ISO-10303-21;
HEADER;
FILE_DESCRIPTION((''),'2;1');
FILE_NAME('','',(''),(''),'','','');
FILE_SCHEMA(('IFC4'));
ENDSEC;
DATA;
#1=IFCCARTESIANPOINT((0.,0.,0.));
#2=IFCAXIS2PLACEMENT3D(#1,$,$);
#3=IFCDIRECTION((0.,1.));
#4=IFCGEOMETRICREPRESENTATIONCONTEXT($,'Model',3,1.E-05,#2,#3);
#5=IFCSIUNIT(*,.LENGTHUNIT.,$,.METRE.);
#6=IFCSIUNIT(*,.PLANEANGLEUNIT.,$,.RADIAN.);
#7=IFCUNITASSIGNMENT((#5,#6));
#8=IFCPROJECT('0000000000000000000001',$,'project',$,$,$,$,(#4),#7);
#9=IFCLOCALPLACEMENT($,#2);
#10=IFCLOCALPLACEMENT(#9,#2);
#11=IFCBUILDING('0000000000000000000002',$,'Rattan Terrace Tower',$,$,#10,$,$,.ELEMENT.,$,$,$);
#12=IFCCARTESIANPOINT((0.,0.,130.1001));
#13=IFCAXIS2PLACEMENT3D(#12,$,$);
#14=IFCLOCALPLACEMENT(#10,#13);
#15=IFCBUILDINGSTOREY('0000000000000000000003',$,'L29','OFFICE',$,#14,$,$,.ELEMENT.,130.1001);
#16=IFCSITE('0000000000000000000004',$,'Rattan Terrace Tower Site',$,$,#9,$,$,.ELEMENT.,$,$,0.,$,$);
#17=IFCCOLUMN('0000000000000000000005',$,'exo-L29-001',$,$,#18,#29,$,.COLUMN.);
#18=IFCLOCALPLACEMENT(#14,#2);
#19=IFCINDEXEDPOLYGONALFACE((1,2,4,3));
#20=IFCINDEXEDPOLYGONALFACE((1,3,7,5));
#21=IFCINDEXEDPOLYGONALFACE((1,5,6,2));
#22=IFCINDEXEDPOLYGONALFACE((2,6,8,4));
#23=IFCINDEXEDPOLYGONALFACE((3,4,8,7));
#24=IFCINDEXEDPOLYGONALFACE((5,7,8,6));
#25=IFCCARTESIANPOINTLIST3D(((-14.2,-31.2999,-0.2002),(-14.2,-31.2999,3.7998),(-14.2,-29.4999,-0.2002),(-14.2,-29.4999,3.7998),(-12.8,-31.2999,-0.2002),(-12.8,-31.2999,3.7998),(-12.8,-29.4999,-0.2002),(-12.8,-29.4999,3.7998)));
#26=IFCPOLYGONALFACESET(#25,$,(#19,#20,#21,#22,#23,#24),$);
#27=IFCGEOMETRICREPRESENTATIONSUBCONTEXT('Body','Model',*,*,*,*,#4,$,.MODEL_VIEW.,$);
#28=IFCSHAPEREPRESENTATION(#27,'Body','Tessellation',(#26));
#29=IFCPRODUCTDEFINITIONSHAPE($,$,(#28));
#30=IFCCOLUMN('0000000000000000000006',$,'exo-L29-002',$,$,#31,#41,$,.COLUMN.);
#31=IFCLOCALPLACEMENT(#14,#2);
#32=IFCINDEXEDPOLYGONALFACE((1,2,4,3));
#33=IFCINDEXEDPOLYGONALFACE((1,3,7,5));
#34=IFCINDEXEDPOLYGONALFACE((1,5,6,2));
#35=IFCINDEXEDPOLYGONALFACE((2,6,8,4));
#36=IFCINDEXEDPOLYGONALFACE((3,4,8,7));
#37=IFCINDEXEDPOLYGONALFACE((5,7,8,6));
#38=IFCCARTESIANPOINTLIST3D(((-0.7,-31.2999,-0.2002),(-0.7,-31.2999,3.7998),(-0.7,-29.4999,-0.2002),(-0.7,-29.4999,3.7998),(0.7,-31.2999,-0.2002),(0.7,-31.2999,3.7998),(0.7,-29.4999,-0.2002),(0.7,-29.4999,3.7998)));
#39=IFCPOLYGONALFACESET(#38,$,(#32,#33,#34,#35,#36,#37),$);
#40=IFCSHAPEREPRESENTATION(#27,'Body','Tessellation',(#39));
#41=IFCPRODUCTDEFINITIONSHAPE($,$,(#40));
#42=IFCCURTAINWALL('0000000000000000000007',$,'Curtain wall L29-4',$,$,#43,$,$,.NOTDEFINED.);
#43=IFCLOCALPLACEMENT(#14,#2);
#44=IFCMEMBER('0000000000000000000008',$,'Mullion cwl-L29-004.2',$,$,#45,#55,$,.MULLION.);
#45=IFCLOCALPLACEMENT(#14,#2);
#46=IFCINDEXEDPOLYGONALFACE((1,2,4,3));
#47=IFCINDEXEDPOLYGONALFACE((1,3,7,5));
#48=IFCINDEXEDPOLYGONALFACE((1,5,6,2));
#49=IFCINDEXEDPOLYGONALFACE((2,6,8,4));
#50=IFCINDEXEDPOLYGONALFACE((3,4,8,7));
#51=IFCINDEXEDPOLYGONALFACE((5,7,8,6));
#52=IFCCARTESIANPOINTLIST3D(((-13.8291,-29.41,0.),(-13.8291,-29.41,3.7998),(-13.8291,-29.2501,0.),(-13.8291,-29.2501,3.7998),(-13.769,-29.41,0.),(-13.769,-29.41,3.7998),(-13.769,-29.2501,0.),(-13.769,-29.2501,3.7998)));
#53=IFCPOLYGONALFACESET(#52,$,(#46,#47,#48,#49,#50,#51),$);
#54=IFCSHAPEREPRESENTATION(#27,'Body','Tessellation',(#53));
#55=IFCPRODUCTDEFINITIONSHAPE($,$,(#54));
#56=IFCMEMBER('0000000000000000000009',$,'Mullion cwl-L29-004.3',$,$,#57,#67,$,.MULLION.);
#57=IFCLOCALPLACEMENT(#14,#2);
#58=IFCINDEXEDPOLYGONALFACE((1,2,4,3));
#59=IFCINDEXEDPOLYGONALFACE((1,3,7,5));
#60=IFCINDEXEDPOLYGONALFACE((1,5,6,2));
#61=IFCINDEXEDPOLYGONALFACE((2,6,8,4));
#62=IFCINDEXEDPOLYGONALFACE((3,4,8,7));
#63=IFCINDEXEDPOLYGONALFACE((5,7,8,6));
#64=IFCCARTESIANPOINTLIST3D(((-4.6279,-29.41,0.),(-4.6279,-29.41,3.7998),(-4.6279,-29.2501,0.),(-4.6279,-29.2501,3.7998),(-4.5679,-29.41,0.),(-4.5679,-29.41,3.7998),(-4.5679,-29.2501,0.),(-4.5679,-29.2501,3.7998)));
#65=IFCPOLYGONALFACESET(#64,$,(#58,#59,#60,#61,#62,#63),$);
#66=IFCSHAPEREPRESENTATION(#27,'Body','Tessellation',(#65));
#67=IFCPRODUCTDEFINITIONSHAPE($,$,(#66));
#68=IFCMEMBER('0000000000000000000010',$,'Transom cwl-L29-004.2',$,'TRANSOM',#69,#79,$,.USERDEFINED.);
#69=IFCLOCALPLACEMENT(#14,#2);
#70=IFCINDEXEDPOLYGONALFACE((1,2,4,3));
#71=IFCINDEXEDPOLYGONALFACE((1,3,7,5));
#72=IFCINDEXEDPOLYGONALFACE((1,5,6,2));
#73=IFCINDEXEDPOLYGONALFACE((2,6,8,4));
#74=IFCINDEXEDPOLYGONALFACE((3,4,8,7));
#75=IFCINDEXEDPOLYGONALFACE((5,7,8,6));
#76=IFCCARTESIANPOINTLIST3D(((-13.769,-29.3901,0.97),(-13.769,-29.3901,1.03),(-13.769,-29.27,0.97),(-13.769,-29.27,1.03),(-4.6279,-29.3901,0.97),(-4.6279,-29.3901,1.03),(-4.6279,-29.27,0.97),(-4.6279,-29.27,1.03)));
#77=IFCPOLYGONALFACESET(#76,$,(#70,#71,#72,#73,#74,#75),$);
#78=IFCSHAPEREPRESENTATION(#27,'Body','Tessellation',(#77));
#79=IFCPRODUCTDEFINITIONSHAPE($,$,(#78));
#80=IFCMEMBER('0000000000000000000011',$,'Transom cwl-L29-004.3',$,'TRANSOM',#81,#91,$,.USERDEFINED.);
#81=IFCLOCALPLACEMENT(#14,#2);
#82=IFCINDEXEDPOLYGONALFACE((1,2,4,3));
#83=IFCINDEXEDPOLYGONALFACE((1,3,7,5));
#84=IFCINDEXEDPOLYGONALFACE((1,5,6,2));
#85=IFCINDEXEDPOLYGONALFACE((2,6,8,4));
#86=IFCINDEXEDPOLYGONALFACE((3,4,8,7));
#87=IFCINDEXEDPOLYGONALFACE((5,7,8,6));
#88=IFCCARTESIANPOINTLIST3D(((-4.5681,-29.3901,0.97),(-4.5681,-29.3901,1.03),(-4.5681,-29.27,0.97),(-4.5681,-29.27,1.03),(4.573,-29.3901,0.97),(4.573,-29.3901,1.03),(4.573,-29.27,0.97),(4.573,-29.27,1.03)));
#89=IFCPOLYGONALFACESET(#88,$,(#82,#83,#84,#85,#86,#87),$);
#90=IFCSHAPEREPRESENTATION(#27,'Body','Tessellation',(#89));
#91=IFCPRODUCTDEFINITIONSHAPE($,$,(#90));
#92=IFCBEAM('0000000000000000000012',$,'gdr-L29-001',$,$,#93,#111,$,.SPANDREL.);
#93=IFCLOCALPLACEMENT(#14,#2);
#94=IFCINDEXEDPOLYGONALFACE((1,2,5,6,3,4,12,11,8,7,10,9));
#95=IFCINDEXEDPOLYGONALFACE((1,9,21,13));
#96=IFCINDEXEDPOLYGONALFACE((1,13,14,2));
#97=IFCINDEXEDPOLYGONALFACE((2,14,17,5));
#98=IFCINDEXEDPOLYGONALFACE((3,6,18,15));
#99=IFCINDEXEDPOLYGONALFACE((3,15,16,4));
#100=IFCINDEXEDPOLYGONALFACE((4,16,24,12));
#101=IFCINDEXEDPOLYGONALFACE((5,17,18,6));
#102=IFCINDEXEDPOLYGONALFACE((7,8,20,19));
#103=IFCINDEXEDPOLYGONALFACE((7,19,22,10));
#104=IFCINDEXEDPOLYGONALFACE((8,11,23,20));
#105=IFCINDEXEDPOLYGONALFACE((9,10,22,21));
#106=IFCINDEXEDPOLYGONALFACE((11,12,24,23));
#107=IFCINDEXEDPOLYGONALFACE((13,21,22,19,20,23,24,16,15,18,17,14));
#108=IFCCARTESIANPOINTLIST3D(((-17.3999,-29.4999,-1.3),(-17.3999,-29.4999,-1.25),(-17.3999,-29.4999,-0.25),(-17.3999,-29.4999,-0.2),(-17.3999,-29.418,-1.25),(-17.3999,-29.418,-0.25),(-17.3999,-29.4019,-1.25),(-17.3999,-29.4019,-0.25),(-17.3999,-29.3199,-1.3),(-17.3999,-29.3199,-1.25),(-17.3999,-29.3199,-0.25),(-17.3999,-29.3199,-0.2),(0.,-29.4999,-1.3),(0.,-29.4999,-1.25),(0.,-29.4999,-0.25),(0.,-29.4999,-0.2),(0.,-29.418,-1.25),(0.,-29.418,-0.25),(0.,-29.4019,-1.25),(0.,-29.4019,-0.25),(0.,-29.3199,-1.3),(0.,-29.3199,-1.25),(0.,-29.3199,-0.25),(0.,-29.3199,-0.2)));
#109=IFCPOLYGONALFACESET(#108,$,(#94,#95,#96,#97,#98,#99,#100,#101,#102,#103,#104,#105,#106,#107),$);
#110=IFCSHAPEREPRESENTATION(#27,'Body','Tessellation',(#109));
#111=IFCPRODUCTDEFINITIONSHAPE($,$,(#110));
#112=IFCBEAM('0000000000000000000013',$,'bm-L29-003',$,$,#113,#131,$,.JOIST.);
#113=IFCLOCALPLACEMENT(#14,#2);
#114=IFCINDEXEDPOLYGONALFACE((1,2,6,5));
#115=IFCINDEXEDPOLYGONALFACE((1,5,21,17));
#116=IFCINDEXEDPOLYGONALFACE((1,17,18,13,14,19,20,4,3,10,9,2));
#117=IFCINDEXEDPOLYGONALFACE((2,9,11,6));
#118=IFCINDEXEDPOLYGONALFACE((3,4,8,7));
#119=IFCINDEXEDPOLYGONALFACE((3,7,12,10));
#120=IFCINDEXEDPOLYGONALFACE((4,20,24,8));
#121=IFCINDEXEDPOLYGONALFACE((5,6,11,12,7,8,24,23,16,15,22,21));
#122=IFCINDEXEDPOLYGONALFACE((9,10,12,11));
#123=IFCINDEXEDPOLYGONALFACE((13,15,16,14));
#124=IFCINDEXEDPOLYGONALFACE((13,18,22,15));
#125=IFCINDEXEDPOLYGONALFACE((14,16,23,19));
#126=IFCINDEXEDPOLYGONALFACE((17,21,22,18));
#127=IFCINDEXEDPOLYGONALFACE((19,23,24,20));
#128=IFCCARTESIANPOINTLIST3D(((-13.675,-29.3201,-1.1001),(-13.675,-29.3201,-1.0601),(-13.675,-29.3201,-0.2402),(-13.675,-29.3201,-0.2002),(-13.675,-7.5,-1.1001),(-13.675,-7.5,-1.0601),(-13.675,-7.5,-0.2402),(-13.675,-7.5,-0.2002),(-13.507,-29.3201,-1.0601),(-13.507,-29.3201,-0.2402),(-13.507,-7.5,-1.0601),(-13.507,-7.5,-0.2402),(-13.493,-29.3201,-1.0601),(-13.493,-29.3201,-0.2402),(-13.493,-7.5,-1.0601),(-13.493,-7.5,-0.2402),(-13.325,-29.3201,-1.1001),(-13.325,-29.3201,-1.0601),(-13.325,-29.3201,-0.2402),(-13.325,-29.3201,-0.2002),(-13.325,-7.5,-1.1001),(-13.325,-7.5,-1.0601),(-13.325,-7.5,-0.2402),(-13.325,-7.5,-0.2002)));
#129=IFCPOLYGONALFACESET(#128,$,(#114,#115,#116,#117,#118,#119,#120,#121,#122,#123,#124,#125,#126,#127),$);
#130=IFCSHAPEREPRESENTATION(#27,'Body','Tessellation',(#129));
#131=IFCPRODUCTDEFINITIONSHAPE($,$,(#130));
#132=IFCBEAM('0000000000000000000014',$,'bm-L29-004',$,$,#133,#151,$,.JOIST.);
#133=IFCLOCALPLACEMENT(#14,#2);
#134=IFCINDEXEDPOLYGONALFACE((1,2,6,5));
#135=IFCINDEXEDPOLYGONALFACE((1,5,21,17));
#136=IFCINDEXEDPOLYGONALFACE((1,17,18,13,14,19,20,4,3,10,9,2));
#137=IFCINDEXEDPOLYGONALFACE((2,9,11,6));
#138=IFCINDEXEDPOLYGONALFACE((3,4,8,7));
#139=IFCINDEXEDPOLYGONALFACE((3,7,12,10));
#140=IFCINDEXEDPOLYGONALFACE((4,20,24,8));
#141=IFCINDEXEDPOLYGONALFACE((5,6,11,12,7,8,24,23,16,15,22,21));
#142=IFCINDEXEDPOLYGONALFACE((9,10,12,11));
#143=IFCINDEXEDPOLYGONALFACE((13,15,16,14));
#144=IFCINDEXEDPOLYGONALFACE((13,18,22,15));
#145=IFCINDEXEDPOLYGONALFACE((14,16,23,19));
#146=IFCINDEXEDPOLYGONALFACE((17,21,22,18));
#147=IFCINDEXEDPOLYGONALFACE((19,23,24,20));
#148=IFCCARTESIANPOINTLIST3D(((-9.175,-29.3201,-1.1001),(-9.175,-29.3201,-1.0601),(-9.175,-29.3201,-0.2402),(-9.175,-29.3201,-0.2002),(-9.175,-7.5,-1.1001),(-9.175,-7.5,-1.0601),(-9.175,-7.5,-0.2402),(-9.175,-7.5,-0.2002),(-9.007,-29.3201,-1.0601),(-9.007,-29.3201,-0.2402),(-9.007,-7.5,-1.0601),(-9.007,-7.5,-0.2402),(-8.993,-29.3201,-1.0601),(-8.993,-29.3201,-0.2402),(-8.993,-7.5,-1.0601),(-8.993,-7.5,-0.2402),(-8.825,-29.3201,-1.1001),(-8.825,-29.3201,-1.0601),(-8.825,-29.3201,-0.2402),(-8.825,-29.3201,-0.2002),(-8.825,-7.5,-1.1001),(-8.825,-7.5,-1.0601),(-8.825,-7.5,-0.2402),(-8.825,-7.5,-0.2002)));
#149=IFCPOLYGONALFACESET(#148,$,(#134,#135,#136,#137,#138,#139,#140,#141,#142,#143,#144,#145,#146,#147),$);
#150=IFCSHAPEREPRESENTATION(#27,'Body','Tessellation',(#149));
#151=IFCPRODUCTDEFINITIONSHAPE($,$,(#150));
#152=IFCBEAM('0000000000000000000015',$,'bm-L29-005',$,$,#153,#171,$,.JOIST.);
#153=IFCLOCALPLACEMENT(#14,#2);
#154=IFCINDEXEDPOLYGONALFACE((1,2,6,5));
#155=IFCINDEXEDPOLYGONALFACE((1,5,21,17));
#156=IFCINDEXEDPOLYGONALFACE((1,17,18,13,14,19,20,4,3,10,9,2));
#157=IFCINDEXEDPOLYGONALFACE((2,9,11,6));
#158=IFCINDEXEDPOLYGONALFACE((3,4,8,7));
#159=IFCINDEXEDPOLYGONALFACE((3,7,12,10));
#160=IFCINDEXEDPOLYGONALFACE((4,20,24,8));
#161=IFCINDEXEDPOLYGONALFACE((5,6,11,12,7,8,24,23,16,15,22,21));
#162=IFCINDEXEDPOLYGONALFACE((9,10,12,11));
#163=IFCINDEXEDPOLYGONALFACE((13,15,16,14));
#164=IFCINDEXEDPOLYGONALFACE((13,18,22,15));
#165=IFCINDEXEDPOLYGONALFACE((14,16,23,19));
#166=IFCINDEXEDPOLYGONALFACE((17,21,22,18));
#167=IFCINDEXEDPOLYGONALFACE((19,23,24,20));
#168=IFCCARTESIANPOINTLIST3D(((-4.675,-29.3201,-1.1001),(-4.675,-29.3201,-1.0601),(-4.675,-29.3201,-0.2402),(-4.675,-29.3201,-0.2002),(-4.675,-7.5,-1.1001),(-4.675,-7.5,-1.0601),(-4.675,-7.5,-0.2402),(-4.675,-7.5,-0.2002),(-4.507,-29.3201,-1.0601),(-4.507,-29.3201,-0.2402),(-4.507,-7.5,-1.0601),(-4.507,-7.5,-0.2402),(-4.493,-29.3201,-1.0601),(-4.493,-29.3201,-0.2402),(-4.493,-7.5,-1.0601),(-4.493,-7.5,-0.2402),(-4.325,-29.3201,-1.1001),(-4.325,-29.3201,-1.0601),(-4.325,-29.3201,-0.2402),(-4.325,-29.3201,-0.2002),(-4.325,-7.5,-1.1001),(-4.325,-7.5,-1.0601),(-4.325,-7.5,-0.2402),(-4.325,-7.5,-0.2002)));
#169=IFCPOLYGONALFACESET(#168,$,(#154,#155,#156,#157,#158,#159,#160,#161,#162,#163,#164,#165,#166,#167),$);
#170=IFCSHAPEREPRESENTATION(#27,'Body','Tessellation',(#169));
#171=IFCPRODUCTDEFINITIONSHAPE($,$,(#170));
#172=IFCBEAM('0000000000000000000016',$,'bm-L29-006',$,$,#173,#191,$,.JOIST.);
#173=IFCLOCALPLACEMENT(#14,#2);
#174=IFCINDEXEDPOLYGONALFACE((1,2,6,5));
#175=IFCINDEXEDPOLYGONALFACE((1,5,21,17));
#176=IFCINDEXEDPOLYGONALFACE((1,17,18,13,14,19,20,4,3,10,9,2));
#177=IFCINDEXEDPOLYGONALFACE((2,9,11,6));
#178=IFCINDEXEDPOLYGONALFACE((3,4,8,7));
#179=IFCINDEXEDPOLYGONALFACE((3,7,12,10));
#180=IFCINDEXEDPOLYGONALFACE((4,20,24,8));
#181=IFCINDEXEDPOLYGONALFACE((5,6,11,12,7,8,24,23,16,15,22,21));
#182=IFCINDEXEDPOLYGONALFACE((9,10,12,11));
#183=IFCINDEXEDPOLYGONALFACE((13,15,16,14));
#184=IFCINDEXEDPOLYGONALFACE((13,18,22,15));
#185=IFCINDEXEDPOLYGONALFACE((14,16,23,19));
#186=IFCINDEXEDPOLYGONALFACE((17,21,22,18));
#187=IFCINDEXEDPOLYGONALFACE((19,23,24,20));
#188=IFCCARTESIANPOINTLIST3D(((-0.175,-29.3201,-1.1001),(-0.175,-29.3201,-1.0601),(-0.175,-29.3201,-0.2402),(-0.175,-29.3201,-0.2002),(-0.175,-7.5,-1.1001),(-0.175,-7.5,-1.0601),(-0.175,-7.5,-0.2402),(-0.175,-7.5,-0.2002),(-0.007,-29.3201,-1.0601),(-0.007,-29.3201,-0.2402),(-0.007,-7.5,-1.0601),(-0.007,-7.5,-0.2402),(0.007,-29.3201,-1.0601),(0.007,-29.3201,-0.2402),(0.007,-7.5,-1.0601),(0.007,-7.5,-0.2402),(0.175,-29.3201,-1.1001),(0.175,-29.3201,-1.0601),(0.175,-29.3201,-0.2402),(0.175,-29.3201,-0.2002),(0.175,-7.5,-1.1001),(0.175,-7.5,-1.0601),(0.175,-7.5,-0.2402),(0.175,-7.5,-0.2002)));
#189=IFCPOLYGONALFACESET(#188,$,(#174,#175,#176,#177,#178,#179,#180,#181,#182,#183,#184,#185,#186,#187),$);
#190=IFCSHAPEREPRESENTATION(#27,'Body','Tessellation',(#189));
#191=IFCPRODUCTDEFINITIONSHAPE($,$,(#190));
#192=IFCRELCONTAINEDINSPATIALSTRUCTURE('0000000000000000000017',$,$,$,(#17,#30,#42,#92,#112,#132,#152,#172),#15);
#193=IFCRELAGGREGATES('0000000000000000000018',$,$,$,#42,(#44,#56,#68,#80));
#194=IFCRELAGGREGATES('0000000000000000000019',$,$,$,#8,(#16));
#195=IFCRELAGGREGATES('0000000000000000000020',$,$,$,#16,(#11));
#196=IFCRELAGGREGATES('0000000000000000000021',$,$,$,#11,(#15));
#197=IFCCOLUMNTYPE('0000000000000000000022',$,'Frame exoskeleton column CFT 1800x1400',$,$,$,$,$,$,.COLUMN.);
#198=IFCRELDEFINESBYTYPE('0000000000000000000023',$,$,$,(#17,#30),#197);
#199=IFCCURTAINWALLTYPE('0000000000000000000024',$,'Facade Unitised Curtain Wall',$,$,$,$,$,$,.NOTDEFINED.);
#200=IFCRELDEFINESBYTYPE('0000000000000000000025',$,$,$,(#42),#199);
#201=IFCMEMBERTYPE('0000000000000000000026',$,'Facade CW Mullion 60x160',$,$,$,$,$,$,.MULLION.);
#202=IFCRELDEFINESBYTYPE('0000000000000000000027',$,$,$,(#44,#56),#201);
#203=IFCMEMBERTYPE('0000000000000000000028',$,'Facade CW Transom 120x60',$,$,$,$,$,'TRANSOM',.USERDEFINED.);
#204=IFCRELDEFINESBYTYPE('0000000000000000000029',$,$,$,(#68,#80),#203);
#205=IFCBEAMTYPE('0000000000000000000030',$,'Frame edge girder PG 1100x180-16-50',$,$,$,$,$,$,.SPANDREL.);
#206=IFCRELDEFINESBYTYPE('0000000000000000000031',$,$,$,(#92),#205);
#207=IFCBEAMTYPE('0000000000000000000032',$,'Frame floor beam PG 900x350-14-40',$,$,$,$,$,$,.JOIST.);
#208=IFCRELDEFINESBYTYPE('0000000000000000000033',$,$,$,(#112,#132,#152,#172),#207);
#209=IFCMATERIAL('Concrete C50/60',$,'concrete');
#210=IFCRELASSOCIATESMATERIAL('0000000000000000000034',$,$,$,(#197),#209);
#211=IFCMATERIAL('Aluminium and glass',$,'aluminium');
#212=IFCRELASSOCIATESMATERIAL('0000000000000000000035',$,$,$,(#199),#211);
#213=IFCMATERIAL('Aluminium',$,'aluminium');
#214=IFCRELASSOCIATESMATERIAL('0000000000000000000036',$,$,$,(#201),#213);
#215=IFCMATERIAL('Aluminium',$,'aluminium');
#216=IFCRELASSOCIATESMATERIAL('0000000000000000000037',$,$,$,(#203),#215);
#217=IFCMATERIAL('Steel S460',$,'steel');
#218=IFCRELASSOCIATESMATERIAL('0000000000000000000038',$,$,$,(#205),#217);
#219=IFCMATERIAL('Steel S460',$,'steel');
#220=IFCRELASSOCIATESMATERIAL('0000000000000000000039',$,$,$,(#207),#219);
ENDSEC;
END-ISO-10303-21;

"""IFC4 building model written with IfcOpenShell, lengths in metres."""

from ifc_helpers import new_model, si_unit, direction, frame, origin, origin_2d, place, context, subcontext, project, spatial, rectangle, i_section, extrude, material, material_profile, profile_set, type_object, element, aggregate, save


model = new_model("IFC4")

# Units and contexts
model_context = context("Model", 3, precision=1e-05, world=origin(), true_north=direction((0.0, 1.0)))
body_context = subcontext(model_context, "Body", "Model", "MODEL_VIEW")
ifc_project = project(units=[si_unit("LENGTHUNIT", "METRE"), si_unit("PLANEANGLEUNIT", "RADIAN")], contexts=[model_context])

# Site, building, storey
site_placement = place(None, origin())
site = spatial("IfcSite", under=ifc_project, at=site_placement, Name="Rattan Terrace Tower Site", CompositionType="ELEMENT", RefElevation=0.0)
building_placement = place(site_placement, origin())
building = spatial("IfcBuilding", under=site, at=building_placement, Name="Rattan Terrace Tower", CompositionType="ELEMENT")
storey_placement = place(building_placement, frame((0.0, 0.0, 130.1001)))
storey = spatial("IfcBuildingStorey", under=building, at=storey_placement, Name="L29", Description="OFFICE", CompositionType="ELEMENT", Elevation=130.1001)

# Columns
ifc_material_1 = material(Name="Concrete C50/60", Category="concrete")
ifc_material_profile_1 = material_profile(ifc_material_1, rectangle(XDim=1.3999, YDim=1.8, at=origin_2d()), Name="CFT 1800x1400")
ifc_profile_set_1 = profile_set([ifc_material_profile_1], Name="Concrete C50/60")
column_type = type_object("IfcColumnType", Name="Frame exoskeleton column CFT 1800x1400", PredefinedType="COLUMN", material=ifc_profile_set_1)
for number, where, z_axis, x_axis, name in (
    (1, (-13.5, -30.3999, -0.2002), (0.0, 0.0, 1.0), (1.0, 0.0, 0.0), "exo-L29-001"),
    (2, (0.0, -30.3999, -0.2002), (0.0, 0.0, 1.0), (1.0, 0.0, 0.0), "exo-L29-002"),
):
    element("IfcColumn", number, at=place(storey_placement, frame(where, z_axis=z_axis, x_axis=x_axis)), inside=storey, type_object=column_type, Name=name, PredefinedType="COLUMN", context=body_context, shape_type="SweptSolid", body=[
        extrude(rectangle(XDim=1.3999, YDim=1.8, at=origin_2d()), origin(), (0.0, 0.0, 1.0), 4.0),
    ])

# Curtain wall, members
ifc_material_2 = material(Name="Aluminium and glass", Category="aluminium")
curtain_wall_type = type_object("IfcCurtainWallType", Name="Facade Unitised Curtain Wall", PredefinedType="NOTDEFINED", material=ifc_material_2)
curtain_wall_placement = place(storey_placement, origin())
curtain_wall = element("IfcCurtainWall", 3, at=curtain_wall_placement, inside=storey, type_object=curtain_wall_type, Name="Curtain wall L29-4", PredefinedType="NOTDEFINED")
ifc_material_3 = material(Name="Aluminium", Category="aluminium")
ifc_material_profile_2 = material_profile(ifc_material_3, rectangle(XDim=0.0601, YDim=0.1599, at=origin_2d()), Name="Aluminium 60x160")
ifc_profile_set_2 = profile_set([ifc_material_profile_2], Name="Aluminium")
member_type_1 = type_object("IfcMemberType", Name="Facade CW Mullion 60x160", PredefinedType="MULLION", material=ifc_profile_set_2)
member_1_placement = place(storey_placement, frame((-13.7991, -29.3301, 0.0), z_axis=(0.0, 0.0, 1.0), x_axis=(1.0, 0.0, 0.0)))
member_1 = element("IfcMember", 4, at=member_1_placement, type_object=member_type_1, Name="Mullion cwl-L29-004.2", PredefinedType="MULLION", context=body_context, shape_type="SweptSolid", body=[
    extrude(rectangle(XDim=0.0601, YDim=0.1599, at=origin_2d()), origin(), (0.0, 0.0, 1.0), 3.7998),
])
member_2_placement = place(storey_placement, frame((-4.5979, -29.3301, 0.0), z_axis=(0.0, 0.0, 1.0), x_axis=(1.0, 0.0, 0.0)))
member_2 = element("IfcMember", 5, at=member_2_placement, type_object=member_type_1, Name="Mullion cwl-L29-004.3", PredefinedType="MULLION", context=body_context, shape_type="SweptSolid", body=[
    extrude(rectangle(XDim=0.0601, YDim=0.1599, at=origin_2d()), origin(), (0.0, 0.0, 1.0), 3.7998),
])
ifc_material_4 = material(Name="Aluminium", Category="aluminium")
ifc_material_profile_3 = material_profile(ifc_material_4, rectangle(XDim=0.1201, YDim=0.0601, at=origin_2d()), Name="Aluminium 120x60")
ifc_profile_set_3 = profile_set([ifc_material_profile_3], Name="Aluminium")
member_type_2 = type_object("IfcMemberType", Name="Facade CW Transom 120x60", ElementType="TRANSOM", PredefinedType="USERDEFINED", material=ifc_profile_set_3)
member_3_placement = place(storey_placement, frame((-13.769, -29.3301, 1.0), z_axis=(1.0, 0.0, 0.0), x_axis=(0.0, 1.0, 0.0)))
member_3 = element("IfcMember", 6, at=member_3_placement, type_object=member_type_2, Name="Transom cwl-L29-004.2", ObjectType="TRANSOM", PredefinedType="USERDEFINED", context=body_context, shape_type="SweptSolid", body=[
    extrude(rectangle(XDim=0.1201, YDim=0.0601, at=origin_2d()), origin(), (0.0, 0.0, 1.0), 9.1411),
])
member_4_placement = place(storey_placement, frame((-4.5681, -29.3301, 1.0), z_axis=(1.0, 0.0, 0.0), x_axis=(0.0, 1.0, 0.0)))
member_4 = element("IfcMember", 7, at=member_4_placement, type_object=member_type_2, Name="Transom cwl-L29-004.3", ObjectType="TRANSOM", PredefinedType="USERDEFINED", context=body_context, shape_type="SweptSolid", body=[
    extrude(rectangle(XDim=0.1201, YDim=0.0601, at=origin_2d()), origin(), (0.0, 0.0, 1.0), 9.1411),
])

# Beams
ifc_material_5 = material(Name="Steel S460", Category="steel")
ifc_material_profile_4 = material_profile(ifc_material_5, i_section(OverallWidth=0.1799, OverallDepth=1.1001, WebThickness=0.0161, FlangeThickness=0.05, at=origin_2d()), Name="PG 1100x180-16-50")
ifc_profile_set_4 = profile_set([ifc_material_profile_4], Name="Steel S460")
beam_type_1 = type_object("IfcBeamType", Name="Frame edge girder PG 1100x180-16-50", PredefinedType="SPANDREL", material=ifc_profile_set_4)
beam_placement = place(storey_placement, frame((-17.3999, -29.4099, -0.75), z_axis=(1.0, 0.0, 0.0), x_axis=(0.0, 1.0, 0.0)))
element("IfcBeam", 8, at=beam_placement, inside=storey, type_object=beam_type_1, Name="gdr-L29-001", PredefinedType="SPANDREL", context=body_context, shape_type="SweptSolid", body=[
    extrude(i_section(OverallWidth=0.1799, OverallDepth=1.1001, WebThickness=0.0161, FlangeThickness=0.05, at=origin_2d()), origin(), (0.0, 0.0, 1.0), 17.3999),
])
ifc_material_6 = material(Name="Steel S460", Category="steel")
ifc_material_profile_5 = material_profile(ifc_material_6, i_section(OverallWidth=0.3501, OverallDepth=0.8999, WebThickness=0.0139, FlangeThickness=0.04, at=origin_2d()), Name="PG 900x350-14-40")
ifc_profile_set_5 = profile_set([ifc_material_profile_5], Name="Steel S460")
beam_type_2 = type_object("IfcBeamType", Name="Frame floor beam PG 900x350-14-40", PredefinedType="JOIST", material=ifc_profile_set_5)
for number, where, z_axis, x_axis, name in (
    (9, (-13.5, -29.3201, -0.6501), (0.0, 1.0, 0.0), (-1.0, 0.0, 0.0), "bm-L29-003"),
    (10, (-9.0, -29.3201, -0.6501), (0.0, 1.0, 0.0), (-1.0, 0.0, 0.0), "bm-L29-004"),
    (11, (-4.5, -29.3201, -0.6501), (0.0, 1.0, 0.0), (-1.0, 0.0, 0.0), "bm-L29-005"),
    (12, (0.0, -29.3201, -0.6501), (0.0, 1.0, 0.0), (-1.0, 0.0, 0.0), "bm-L29-006"),
):
    element("IfcBeam", number, at=place(storey_placement, frame(where, z_axis=z_axis, x_axis=x_axis)), inside=storey, type_object=beam_type_2, Name=name, PredefinedType="JOIST", context=body_context, shape_type="SweptSolid", body=[
        extrude(i_section(OverallWidth=0.3501, OverallDepth=0.8999, WebThickness=0.0139, FlangeThickness=0.04, at=origin_2d()), origin(), (0.0, 0.0, 1.0), 21.8201),
    ])

aggregate(curtain_wall, [member_1, member_2, member_3, member_4])

save(model, "model.ifc")
